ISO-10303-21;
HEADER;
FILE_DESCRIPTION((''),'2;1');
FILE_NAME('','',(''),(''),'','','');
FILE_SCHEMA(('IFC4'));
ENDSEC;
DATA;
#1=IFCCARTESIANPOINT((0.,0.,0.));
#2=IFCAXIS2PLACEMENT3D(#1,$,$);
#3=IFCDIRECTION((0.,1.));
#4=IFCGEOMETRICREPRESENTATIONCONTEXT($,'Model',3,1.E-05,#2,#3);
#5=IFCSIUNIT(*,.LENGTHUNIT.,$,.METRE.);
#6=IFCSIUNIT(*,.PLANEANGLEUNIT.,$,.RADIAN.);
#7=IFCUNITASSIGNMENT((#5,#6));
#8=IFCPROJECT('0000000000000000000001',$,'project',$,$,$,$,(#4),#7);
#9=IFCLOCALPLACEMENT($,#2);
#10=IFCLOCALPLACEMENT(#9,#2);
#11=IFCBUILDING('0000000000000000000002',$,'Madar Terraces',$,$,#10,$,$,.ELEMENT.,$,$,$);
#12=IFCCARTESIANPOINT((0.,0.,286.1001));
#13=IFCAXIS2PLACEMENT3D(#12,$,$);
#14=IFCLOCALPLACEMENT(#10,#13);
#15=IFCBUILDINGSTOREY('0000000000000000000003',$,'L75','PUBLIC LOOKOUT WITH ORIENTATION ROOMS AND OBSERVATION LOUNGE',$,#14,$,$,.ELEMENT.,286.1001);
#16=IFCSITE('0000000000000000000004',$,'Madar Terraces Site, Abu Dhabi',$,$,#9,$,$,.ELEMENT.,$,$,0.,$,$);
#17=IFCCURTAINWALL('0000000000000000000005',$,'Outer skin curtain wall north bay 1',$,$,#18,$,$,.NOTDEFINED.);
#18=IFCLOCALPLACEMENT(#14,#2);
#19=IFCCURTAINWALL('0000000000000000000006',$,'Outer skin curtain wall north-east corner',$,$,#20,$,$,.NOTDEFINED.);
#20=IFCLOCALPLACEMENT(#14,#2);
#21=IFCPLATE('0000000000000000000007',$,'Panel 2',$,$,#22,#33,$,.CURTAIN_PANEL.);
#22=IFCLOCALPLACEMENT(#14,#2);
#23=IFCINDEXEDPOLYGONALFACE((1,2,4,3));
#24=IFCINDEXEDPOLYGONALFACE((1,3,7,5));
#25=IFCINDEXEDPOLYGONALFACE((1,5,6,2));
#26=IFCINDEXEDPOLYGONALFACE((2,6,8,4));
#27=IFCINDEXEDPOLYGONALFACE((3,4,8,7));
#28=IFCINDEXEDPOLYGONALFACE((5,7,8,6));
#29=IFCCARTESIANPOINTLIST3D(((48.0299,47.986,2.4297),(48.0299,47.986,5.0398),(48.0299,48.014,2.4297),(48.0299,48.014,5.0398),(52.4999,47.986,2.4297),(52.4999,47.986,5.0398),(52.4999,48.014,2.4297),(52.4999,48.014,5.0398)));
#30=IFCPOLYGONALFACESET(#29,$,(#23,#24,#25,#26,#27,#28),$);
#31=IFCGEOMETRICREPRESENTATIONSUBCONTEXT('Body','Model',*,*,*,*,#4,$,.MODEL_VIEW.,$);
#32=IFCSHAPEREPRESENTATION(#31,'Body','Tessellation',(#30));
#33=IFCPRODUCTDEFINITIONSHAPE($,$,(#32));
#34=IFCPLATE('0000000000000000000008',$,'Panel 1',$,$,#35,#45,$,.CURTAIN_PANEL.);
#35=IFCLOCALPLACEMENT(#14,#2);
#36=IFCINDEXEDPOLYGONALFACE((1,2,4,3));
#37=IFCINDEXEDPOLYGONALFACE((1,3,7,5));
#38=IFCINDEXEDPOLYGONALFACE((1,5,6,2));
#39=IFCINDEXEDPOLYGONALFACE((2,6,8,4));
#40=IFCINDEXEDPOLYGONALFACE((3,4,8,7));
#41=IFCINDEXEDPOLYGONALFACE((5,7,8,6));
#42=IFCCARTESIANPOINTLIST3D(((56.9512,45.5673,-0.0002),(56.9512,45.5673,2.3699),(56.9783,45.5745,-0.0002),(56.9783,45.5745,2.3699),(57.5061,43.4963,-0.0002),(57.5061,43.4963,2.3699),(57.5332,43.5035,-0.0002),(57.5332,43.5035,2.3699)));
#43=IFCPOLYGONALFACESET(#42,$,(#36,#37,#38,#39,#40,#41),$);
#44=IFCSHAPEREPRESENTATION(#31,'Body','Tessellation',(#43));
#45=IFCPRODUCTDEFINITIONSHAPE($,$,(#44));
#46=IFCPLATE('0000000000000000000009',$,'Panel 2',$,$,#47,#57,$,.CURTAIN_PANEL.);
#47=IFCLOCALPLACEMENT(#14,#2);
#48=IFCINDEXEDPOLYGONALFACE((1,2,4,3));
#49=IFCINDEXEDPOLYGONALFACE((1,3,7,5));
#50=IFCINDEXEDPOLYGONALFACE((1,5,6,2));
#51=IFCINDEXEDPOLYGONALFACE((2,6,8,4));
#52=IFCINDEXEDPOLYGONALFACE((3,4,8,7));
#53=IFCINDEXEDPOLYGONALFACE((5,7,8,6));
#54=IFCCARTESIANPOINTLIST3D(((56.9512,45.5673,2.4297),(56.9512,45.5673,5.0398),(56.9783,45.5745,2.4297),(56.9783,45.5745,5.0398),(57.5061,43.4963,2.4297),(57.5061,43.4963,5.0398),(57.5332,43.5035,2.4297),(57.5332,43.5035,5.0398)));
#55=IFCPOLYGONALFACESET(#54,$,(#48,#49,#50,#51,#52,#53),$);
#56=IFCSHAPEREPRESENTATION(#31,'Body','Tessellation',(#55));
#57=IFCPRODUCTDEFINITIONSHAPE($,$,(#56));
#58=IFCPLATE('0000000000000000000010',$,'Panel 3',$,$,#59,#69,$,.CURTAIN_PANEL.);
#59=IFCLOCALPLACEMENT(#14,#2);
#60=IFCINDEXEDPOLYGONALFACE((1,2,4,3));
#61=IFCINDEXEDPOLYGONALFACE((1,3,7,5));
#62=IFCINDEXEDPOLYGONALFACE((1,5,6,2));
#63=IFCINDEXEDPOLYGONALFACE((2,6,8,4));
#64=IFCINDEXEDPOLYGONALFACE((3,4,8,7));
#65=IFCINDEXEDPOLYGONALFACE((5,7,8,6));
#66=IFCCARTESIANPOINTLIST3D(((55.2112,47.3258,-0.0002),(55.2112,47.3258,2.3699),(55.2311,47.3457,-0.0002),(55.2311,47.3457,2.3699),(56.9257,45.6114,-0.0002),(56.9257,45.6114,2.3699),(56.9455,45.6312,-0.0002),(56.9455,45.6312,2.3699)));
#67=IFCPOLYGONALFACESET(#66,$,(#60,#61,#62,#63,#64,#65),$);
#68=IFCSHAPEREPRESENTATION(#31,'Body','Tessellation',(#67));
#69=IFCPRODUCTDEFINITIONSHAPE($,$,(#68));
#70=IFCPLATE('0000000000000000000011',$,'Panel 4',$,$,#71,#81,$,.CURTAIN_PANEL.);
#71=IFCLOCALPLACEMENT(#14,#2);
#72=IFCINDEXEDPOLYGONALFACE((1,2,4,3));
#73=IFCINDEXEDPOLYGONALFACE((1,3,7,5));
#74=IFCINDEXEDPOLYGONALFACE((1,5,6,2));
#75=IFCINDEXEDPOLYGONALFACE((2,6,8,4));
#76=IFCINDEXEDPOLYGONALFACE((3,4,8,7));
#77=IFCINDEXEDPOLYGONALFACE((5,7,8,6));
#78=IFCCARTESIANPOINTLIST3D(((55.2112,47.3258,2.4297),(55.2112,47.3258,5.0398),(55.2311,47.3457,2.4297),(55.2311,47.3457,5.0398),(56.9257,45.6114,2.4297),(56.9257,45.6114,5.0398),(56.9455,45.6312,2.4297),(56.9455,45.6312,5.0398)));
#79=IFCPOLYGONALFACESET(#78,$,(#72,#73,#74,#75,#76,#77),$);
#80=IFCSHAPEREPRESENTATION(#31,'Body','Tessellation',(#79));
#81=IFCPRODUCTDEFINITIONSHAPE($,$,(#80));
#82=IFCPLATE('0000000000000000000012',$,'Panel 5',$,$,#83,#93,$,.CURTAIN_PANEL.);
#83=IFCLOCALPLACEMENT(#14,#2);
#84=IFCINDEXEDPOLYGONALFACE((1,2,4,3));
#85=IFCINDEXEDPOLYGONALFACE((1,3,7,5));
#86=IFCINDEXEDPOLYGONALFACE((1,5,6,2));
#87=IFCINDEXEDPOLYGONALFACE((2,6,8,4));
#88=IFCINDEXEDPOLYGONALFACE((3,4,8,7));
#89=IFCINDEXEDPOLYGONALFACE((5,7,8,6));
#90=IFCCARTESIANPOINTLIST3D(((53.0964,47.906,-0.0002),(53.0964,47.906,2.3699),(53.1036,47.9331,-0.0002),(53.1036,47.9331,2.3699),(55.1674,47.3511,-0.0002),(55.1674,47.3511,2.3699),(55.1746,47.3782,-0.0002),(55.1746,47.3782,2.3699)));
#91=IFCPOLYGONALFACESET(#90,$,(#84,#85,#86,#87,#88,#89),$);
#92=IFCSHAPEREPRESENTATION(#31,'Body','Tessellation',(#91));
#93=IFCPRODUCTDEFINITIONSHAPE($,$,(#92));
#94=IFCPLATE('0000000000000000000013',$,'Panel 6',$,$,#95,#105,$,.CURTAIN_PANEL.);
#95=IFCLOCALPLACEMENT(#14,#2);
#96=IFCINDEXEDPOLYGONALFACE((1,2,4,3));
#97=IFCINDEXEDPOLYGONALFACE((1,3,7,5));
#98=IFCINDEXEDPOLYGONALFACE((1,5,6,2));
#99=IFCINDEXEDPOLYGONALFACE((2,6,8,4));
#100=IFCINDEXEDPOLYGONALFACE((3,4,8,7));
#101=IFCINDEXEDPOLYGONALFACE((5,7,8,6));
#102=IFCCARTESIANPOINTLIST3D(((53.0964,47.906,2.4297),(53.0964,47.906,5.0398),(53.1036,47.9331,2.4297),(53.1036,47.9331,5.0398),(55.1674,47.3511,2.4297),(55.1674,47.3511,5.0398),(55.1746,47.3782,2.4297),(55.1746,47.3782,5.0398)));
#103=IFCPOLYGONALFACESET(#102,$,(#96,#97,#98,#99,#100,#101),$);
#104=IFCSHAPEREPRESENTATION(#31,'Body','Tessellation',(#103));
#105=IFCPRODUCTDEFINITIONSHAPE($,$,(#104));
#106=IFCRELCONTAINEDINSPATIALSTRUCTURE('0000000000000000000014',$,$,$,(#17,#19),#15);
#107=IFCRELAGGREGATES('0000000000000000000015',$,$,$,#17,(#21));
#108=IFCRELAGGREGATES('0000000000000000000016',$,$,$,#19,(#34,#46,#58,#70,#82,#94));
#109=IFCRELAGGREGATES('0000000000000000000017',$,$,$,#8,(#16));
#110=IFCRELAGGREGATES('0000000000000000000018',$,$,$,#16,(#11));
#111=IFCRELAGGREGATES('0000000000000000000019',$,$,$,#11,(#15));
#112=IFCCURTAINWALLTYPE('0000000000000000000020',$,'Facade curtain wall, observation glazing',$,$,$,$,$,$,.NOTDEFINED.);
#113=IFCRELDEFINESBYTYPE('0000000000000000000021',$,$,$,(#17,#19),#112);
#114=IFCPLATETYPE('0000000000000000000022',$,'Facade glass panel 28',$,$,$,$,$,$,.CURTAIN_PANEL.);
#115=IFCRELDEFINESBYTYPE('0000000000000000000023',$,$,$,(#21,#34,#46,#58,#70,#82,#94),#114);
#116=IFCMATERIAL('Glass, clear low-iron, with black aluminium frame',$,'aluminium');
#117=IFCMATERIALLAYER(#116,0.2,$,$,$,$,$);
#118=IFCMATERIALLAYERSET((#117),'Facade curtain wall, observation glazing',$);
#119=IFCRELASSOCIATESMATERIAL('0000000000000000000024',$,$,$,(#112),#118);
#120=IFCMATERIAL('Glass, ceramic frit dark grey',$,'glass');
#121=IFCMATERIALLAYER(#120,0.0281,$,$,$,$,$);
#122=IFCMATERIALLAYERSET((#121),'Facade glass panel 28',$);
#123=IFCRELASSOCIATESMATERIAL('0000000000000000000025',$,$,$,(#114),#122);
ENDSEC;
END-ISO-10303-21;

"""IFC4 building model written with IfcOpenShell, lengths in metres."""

from ifc_helpers import new_model, si_unit, direction, frame, origin, origin_2d, place, context, subcontext, project, spatial, rectangle, extrude, material, layer, layer_set, type_object, element, aggregate, save


model = new_model("IFC4")

# Units and contexts
model_context = context("Model", 3, precision=1e-05, world=origin(), true_north=direction((0.0, 1.0)))
body_context = subcontext(model_context, "Body", "Model", "MODEL_VIEW")
ifc_project = project(units=[si_unit("LENGTHUNIT", "METRE"), si_unit("PLANEANGLEUNIT", "RADIAN")], contexts=[model_context])

# Site, building, storey
site_placement = place(None, origin())
site = spatial("IfcSite", under=ifc_project, at=site_placement, Name="Madar Terraces Site, Abu Dhabi", CompositionType="ELEMENT", RefElevation=0.0)
building_placement = place(site_placement, origin())
building = spatial("IfcBuilding", under=site, at=building_placement, Name="Madar Terraces", CompositionType="ELEMENT")
storey_placement = place(building_placement, frame((0.0, 0.0, 286.1001)))
storey = spatial("IfcBuildingStorey", under=building, at=storey_placement, Name="L75", Description="PUBLIC LOOKOUT WITH ORIENTATION ROOMS AND OBSERVATION LOUNGE", CompositionType="ELEMENT", Elevation=286.1001)

# Curtain wall
ifc_material_1 = material(Name="Glass, clear low-iron, with black aluminium frame", Category="aluminium")
ifc_layer_1 = layer(ifc_material_1, 0.2)
ifc_layer_set_1 = layer_set([ifc_layer_1], Name="Facade curtain wall, observation glazing")
curtain_wall_type = type_object("IfcCurtainWallType", Name="Facade curtain wall, observation glazing", PredefinedType="NOTDEFINED", material=ifc_layer_set_1)
curtain_wall_1_placement = place(storey_placement, origin())
curtain_wall_1 = element("IfcCurtainWall", 1, at=curtain_wall_1_placement, inside=storey, type_object=curtain_wall_type, Name="Outer skin curtain wall north bay 1", PredefinedType="NOTDEFINED")

# Curtain wall
curtain_wall_2_placement = place(storey_placement, origin())
curtain_wall_2 = element("IfcCurtainWall", 2, at=curtain_wall_2_placement, inside=storey, type_object=curtain_wall_type, Name="Outer skin curtain wall north-east corner", PredefinedType="NOTDEFINED")

# Plates
ifc_material_2 = material(Name="Glass, ceramic frit dark grey", Category="glass")
ifc_layer_2 = layer(ifc_material_2, 0.0281)
ifc_layer_set_2 = layer_set([ifc_layer_2], Name="Facade glass panel 28")
plate_type = type_object("IfcPlateType", Name="Facade glass panel 28", PredefinedType="CURTAIN_PANEL", material=ifc_layer_set_2)
plate_1_placement = place(storey_placement, frame((50.2649, 48.0, 2.4297), z_axis=(0.0, 0.0, 1.0), x_axis=(-1.0, 0.0, 0.0)))
plate_1 = element("IfcPlate", 3, at=plate_1_placement, type_object=plate_type, Name="Panel 2", PredefinedType="CURTAIN_PANEL", context=body_context, shape_type="SweptSolid", body=[
    extrude(rectangle(XDim=4.47, YDim=0.0281, at=origin_2d()), origin(), (0.0, 0.0, 1.0), 2.6101),
])
aggregate(curtain_wall_1, [plate_1])
plate_2_placement = place(storey_placement, frame((57.2422, 44.5354, -0.0002), z_axis=(0.0, 0.0, 1.0), x_axis=(-0.258819, 0.965926, 0.0)))
plate_2 = element("IfcPlate", 4, at=plate_2_placement, type_object=plate_type, Name="Panel 1", PredefinedType="CURTAIN_PANEL", context=body_context, shape_type="SweptSolid", body=[
    extrude(rectangle(XDim=2.144, YDim=0.0281, at=origin_2d()), origin(), (0.0, 0.0, 1.0), 2.3701),
])
plate_3_placement = place(storey_placement, frame((57.2422, 44.5354, 2.4297), z_axis=(0.0, 0.0, 1.0), x_axis=(-0.258819, 0.965926, 0.0)))
plate_3 = element("IfcPlate", 5, at=plate_3_placement, type_object=plate_type, Name="Panel 2", PredefinedType="CURTAIN_PANEL", context=body_context, shape_type="SweptSolid", body=[
    extrude(rectangle(XDim=2.144, YDim=0.0281, at=origin_2d()), origin(), (0.0, 0.0, 1.0), 2.6101),
])
plate_4_placement = place(storey_placement, frame((56.0784, 46.4785, -0.0002), z_axis=(0.0, 0.0, 1.0), x_axis=(-0.707107, 0.707107, 0.0)))
plate_4 = element("IfcPlate", 6, at=plate_4_placement, type_object=plate_type, Name="Panel 3", PredefinedType="CURTAIN_PANEL", context=body_context, shape_type="SweptSolid", body=[
    extrude(rectangle(XDim=2.4246, YDim=0.0281, at=origin_2d()), origin(), (0.0, 0.0, 1.0), 2.3701),
])
plate_5_placement = place(storey_placement, frame((56.0784, 46.4785, 2.4297), z_axis=(0.0, 0.0, 1.0), x_axis=(-0.707107, 0.707107, 0.0)))
plate_5 = element("IfcPlate", 7, at=plate_5_placement, type_object=plate_type, Name="Panel 4", PredefinedType="CURTAIN_PANEL", context=body_context, shape_type="SweptSolid", body=[
    extrude(rectangle(XDim=2.4246, YDim=0.0281, at=origin_2d()), origin(), (0.0, 0.0, 1.0), 2.6101),
])
plate_6_placement = place(storey_placement, frame((54.1355, 47.6421, -0.0002), z_axis=(0.0, 0.0, 1.0), x_axis=(-0.965926, 0.258819, 0.0)))
plate_6 = element("IfcPlate", 8, at=plate_6_placement, type_object=plate_type, Name="Panel 5", PredefinedType="CURTAIN_PANEL", context=body_context, shape_type="SweptSolid", body=[
    extrude(rectangle(XDim=2.144, YDim=0.0281, at=origin_2d()), origin(), (0.0, 0.0, 1.0), 2.3701),
])
plate_7_placement = place(storey_placement, frame((54.1355, 47.6421, 2.4297), z_axis=(0.0, 0.0, 1.0), x_axis=(-0.965926, 0.258819, 0.0)))
plate_7 = element("IfcPlate", 9, at=plate_7_placement, type_object=plate_type, Name="Panel 6", PredefinedType="CURTAIN_PANEL", context=body_context, shape_type="SweptSolid", body=[
    extrude(rectangle(XDim=2.144, YDim=0.0281, at=origin_2d()), origin(), (0.0, 0.0, 1.0), 2.6101),
])
aggregate(curtain_wall_2, [plate_2, plate_3, plate_4, plate_5, plate_6, plate_7])

save(model, "model.ifc")
